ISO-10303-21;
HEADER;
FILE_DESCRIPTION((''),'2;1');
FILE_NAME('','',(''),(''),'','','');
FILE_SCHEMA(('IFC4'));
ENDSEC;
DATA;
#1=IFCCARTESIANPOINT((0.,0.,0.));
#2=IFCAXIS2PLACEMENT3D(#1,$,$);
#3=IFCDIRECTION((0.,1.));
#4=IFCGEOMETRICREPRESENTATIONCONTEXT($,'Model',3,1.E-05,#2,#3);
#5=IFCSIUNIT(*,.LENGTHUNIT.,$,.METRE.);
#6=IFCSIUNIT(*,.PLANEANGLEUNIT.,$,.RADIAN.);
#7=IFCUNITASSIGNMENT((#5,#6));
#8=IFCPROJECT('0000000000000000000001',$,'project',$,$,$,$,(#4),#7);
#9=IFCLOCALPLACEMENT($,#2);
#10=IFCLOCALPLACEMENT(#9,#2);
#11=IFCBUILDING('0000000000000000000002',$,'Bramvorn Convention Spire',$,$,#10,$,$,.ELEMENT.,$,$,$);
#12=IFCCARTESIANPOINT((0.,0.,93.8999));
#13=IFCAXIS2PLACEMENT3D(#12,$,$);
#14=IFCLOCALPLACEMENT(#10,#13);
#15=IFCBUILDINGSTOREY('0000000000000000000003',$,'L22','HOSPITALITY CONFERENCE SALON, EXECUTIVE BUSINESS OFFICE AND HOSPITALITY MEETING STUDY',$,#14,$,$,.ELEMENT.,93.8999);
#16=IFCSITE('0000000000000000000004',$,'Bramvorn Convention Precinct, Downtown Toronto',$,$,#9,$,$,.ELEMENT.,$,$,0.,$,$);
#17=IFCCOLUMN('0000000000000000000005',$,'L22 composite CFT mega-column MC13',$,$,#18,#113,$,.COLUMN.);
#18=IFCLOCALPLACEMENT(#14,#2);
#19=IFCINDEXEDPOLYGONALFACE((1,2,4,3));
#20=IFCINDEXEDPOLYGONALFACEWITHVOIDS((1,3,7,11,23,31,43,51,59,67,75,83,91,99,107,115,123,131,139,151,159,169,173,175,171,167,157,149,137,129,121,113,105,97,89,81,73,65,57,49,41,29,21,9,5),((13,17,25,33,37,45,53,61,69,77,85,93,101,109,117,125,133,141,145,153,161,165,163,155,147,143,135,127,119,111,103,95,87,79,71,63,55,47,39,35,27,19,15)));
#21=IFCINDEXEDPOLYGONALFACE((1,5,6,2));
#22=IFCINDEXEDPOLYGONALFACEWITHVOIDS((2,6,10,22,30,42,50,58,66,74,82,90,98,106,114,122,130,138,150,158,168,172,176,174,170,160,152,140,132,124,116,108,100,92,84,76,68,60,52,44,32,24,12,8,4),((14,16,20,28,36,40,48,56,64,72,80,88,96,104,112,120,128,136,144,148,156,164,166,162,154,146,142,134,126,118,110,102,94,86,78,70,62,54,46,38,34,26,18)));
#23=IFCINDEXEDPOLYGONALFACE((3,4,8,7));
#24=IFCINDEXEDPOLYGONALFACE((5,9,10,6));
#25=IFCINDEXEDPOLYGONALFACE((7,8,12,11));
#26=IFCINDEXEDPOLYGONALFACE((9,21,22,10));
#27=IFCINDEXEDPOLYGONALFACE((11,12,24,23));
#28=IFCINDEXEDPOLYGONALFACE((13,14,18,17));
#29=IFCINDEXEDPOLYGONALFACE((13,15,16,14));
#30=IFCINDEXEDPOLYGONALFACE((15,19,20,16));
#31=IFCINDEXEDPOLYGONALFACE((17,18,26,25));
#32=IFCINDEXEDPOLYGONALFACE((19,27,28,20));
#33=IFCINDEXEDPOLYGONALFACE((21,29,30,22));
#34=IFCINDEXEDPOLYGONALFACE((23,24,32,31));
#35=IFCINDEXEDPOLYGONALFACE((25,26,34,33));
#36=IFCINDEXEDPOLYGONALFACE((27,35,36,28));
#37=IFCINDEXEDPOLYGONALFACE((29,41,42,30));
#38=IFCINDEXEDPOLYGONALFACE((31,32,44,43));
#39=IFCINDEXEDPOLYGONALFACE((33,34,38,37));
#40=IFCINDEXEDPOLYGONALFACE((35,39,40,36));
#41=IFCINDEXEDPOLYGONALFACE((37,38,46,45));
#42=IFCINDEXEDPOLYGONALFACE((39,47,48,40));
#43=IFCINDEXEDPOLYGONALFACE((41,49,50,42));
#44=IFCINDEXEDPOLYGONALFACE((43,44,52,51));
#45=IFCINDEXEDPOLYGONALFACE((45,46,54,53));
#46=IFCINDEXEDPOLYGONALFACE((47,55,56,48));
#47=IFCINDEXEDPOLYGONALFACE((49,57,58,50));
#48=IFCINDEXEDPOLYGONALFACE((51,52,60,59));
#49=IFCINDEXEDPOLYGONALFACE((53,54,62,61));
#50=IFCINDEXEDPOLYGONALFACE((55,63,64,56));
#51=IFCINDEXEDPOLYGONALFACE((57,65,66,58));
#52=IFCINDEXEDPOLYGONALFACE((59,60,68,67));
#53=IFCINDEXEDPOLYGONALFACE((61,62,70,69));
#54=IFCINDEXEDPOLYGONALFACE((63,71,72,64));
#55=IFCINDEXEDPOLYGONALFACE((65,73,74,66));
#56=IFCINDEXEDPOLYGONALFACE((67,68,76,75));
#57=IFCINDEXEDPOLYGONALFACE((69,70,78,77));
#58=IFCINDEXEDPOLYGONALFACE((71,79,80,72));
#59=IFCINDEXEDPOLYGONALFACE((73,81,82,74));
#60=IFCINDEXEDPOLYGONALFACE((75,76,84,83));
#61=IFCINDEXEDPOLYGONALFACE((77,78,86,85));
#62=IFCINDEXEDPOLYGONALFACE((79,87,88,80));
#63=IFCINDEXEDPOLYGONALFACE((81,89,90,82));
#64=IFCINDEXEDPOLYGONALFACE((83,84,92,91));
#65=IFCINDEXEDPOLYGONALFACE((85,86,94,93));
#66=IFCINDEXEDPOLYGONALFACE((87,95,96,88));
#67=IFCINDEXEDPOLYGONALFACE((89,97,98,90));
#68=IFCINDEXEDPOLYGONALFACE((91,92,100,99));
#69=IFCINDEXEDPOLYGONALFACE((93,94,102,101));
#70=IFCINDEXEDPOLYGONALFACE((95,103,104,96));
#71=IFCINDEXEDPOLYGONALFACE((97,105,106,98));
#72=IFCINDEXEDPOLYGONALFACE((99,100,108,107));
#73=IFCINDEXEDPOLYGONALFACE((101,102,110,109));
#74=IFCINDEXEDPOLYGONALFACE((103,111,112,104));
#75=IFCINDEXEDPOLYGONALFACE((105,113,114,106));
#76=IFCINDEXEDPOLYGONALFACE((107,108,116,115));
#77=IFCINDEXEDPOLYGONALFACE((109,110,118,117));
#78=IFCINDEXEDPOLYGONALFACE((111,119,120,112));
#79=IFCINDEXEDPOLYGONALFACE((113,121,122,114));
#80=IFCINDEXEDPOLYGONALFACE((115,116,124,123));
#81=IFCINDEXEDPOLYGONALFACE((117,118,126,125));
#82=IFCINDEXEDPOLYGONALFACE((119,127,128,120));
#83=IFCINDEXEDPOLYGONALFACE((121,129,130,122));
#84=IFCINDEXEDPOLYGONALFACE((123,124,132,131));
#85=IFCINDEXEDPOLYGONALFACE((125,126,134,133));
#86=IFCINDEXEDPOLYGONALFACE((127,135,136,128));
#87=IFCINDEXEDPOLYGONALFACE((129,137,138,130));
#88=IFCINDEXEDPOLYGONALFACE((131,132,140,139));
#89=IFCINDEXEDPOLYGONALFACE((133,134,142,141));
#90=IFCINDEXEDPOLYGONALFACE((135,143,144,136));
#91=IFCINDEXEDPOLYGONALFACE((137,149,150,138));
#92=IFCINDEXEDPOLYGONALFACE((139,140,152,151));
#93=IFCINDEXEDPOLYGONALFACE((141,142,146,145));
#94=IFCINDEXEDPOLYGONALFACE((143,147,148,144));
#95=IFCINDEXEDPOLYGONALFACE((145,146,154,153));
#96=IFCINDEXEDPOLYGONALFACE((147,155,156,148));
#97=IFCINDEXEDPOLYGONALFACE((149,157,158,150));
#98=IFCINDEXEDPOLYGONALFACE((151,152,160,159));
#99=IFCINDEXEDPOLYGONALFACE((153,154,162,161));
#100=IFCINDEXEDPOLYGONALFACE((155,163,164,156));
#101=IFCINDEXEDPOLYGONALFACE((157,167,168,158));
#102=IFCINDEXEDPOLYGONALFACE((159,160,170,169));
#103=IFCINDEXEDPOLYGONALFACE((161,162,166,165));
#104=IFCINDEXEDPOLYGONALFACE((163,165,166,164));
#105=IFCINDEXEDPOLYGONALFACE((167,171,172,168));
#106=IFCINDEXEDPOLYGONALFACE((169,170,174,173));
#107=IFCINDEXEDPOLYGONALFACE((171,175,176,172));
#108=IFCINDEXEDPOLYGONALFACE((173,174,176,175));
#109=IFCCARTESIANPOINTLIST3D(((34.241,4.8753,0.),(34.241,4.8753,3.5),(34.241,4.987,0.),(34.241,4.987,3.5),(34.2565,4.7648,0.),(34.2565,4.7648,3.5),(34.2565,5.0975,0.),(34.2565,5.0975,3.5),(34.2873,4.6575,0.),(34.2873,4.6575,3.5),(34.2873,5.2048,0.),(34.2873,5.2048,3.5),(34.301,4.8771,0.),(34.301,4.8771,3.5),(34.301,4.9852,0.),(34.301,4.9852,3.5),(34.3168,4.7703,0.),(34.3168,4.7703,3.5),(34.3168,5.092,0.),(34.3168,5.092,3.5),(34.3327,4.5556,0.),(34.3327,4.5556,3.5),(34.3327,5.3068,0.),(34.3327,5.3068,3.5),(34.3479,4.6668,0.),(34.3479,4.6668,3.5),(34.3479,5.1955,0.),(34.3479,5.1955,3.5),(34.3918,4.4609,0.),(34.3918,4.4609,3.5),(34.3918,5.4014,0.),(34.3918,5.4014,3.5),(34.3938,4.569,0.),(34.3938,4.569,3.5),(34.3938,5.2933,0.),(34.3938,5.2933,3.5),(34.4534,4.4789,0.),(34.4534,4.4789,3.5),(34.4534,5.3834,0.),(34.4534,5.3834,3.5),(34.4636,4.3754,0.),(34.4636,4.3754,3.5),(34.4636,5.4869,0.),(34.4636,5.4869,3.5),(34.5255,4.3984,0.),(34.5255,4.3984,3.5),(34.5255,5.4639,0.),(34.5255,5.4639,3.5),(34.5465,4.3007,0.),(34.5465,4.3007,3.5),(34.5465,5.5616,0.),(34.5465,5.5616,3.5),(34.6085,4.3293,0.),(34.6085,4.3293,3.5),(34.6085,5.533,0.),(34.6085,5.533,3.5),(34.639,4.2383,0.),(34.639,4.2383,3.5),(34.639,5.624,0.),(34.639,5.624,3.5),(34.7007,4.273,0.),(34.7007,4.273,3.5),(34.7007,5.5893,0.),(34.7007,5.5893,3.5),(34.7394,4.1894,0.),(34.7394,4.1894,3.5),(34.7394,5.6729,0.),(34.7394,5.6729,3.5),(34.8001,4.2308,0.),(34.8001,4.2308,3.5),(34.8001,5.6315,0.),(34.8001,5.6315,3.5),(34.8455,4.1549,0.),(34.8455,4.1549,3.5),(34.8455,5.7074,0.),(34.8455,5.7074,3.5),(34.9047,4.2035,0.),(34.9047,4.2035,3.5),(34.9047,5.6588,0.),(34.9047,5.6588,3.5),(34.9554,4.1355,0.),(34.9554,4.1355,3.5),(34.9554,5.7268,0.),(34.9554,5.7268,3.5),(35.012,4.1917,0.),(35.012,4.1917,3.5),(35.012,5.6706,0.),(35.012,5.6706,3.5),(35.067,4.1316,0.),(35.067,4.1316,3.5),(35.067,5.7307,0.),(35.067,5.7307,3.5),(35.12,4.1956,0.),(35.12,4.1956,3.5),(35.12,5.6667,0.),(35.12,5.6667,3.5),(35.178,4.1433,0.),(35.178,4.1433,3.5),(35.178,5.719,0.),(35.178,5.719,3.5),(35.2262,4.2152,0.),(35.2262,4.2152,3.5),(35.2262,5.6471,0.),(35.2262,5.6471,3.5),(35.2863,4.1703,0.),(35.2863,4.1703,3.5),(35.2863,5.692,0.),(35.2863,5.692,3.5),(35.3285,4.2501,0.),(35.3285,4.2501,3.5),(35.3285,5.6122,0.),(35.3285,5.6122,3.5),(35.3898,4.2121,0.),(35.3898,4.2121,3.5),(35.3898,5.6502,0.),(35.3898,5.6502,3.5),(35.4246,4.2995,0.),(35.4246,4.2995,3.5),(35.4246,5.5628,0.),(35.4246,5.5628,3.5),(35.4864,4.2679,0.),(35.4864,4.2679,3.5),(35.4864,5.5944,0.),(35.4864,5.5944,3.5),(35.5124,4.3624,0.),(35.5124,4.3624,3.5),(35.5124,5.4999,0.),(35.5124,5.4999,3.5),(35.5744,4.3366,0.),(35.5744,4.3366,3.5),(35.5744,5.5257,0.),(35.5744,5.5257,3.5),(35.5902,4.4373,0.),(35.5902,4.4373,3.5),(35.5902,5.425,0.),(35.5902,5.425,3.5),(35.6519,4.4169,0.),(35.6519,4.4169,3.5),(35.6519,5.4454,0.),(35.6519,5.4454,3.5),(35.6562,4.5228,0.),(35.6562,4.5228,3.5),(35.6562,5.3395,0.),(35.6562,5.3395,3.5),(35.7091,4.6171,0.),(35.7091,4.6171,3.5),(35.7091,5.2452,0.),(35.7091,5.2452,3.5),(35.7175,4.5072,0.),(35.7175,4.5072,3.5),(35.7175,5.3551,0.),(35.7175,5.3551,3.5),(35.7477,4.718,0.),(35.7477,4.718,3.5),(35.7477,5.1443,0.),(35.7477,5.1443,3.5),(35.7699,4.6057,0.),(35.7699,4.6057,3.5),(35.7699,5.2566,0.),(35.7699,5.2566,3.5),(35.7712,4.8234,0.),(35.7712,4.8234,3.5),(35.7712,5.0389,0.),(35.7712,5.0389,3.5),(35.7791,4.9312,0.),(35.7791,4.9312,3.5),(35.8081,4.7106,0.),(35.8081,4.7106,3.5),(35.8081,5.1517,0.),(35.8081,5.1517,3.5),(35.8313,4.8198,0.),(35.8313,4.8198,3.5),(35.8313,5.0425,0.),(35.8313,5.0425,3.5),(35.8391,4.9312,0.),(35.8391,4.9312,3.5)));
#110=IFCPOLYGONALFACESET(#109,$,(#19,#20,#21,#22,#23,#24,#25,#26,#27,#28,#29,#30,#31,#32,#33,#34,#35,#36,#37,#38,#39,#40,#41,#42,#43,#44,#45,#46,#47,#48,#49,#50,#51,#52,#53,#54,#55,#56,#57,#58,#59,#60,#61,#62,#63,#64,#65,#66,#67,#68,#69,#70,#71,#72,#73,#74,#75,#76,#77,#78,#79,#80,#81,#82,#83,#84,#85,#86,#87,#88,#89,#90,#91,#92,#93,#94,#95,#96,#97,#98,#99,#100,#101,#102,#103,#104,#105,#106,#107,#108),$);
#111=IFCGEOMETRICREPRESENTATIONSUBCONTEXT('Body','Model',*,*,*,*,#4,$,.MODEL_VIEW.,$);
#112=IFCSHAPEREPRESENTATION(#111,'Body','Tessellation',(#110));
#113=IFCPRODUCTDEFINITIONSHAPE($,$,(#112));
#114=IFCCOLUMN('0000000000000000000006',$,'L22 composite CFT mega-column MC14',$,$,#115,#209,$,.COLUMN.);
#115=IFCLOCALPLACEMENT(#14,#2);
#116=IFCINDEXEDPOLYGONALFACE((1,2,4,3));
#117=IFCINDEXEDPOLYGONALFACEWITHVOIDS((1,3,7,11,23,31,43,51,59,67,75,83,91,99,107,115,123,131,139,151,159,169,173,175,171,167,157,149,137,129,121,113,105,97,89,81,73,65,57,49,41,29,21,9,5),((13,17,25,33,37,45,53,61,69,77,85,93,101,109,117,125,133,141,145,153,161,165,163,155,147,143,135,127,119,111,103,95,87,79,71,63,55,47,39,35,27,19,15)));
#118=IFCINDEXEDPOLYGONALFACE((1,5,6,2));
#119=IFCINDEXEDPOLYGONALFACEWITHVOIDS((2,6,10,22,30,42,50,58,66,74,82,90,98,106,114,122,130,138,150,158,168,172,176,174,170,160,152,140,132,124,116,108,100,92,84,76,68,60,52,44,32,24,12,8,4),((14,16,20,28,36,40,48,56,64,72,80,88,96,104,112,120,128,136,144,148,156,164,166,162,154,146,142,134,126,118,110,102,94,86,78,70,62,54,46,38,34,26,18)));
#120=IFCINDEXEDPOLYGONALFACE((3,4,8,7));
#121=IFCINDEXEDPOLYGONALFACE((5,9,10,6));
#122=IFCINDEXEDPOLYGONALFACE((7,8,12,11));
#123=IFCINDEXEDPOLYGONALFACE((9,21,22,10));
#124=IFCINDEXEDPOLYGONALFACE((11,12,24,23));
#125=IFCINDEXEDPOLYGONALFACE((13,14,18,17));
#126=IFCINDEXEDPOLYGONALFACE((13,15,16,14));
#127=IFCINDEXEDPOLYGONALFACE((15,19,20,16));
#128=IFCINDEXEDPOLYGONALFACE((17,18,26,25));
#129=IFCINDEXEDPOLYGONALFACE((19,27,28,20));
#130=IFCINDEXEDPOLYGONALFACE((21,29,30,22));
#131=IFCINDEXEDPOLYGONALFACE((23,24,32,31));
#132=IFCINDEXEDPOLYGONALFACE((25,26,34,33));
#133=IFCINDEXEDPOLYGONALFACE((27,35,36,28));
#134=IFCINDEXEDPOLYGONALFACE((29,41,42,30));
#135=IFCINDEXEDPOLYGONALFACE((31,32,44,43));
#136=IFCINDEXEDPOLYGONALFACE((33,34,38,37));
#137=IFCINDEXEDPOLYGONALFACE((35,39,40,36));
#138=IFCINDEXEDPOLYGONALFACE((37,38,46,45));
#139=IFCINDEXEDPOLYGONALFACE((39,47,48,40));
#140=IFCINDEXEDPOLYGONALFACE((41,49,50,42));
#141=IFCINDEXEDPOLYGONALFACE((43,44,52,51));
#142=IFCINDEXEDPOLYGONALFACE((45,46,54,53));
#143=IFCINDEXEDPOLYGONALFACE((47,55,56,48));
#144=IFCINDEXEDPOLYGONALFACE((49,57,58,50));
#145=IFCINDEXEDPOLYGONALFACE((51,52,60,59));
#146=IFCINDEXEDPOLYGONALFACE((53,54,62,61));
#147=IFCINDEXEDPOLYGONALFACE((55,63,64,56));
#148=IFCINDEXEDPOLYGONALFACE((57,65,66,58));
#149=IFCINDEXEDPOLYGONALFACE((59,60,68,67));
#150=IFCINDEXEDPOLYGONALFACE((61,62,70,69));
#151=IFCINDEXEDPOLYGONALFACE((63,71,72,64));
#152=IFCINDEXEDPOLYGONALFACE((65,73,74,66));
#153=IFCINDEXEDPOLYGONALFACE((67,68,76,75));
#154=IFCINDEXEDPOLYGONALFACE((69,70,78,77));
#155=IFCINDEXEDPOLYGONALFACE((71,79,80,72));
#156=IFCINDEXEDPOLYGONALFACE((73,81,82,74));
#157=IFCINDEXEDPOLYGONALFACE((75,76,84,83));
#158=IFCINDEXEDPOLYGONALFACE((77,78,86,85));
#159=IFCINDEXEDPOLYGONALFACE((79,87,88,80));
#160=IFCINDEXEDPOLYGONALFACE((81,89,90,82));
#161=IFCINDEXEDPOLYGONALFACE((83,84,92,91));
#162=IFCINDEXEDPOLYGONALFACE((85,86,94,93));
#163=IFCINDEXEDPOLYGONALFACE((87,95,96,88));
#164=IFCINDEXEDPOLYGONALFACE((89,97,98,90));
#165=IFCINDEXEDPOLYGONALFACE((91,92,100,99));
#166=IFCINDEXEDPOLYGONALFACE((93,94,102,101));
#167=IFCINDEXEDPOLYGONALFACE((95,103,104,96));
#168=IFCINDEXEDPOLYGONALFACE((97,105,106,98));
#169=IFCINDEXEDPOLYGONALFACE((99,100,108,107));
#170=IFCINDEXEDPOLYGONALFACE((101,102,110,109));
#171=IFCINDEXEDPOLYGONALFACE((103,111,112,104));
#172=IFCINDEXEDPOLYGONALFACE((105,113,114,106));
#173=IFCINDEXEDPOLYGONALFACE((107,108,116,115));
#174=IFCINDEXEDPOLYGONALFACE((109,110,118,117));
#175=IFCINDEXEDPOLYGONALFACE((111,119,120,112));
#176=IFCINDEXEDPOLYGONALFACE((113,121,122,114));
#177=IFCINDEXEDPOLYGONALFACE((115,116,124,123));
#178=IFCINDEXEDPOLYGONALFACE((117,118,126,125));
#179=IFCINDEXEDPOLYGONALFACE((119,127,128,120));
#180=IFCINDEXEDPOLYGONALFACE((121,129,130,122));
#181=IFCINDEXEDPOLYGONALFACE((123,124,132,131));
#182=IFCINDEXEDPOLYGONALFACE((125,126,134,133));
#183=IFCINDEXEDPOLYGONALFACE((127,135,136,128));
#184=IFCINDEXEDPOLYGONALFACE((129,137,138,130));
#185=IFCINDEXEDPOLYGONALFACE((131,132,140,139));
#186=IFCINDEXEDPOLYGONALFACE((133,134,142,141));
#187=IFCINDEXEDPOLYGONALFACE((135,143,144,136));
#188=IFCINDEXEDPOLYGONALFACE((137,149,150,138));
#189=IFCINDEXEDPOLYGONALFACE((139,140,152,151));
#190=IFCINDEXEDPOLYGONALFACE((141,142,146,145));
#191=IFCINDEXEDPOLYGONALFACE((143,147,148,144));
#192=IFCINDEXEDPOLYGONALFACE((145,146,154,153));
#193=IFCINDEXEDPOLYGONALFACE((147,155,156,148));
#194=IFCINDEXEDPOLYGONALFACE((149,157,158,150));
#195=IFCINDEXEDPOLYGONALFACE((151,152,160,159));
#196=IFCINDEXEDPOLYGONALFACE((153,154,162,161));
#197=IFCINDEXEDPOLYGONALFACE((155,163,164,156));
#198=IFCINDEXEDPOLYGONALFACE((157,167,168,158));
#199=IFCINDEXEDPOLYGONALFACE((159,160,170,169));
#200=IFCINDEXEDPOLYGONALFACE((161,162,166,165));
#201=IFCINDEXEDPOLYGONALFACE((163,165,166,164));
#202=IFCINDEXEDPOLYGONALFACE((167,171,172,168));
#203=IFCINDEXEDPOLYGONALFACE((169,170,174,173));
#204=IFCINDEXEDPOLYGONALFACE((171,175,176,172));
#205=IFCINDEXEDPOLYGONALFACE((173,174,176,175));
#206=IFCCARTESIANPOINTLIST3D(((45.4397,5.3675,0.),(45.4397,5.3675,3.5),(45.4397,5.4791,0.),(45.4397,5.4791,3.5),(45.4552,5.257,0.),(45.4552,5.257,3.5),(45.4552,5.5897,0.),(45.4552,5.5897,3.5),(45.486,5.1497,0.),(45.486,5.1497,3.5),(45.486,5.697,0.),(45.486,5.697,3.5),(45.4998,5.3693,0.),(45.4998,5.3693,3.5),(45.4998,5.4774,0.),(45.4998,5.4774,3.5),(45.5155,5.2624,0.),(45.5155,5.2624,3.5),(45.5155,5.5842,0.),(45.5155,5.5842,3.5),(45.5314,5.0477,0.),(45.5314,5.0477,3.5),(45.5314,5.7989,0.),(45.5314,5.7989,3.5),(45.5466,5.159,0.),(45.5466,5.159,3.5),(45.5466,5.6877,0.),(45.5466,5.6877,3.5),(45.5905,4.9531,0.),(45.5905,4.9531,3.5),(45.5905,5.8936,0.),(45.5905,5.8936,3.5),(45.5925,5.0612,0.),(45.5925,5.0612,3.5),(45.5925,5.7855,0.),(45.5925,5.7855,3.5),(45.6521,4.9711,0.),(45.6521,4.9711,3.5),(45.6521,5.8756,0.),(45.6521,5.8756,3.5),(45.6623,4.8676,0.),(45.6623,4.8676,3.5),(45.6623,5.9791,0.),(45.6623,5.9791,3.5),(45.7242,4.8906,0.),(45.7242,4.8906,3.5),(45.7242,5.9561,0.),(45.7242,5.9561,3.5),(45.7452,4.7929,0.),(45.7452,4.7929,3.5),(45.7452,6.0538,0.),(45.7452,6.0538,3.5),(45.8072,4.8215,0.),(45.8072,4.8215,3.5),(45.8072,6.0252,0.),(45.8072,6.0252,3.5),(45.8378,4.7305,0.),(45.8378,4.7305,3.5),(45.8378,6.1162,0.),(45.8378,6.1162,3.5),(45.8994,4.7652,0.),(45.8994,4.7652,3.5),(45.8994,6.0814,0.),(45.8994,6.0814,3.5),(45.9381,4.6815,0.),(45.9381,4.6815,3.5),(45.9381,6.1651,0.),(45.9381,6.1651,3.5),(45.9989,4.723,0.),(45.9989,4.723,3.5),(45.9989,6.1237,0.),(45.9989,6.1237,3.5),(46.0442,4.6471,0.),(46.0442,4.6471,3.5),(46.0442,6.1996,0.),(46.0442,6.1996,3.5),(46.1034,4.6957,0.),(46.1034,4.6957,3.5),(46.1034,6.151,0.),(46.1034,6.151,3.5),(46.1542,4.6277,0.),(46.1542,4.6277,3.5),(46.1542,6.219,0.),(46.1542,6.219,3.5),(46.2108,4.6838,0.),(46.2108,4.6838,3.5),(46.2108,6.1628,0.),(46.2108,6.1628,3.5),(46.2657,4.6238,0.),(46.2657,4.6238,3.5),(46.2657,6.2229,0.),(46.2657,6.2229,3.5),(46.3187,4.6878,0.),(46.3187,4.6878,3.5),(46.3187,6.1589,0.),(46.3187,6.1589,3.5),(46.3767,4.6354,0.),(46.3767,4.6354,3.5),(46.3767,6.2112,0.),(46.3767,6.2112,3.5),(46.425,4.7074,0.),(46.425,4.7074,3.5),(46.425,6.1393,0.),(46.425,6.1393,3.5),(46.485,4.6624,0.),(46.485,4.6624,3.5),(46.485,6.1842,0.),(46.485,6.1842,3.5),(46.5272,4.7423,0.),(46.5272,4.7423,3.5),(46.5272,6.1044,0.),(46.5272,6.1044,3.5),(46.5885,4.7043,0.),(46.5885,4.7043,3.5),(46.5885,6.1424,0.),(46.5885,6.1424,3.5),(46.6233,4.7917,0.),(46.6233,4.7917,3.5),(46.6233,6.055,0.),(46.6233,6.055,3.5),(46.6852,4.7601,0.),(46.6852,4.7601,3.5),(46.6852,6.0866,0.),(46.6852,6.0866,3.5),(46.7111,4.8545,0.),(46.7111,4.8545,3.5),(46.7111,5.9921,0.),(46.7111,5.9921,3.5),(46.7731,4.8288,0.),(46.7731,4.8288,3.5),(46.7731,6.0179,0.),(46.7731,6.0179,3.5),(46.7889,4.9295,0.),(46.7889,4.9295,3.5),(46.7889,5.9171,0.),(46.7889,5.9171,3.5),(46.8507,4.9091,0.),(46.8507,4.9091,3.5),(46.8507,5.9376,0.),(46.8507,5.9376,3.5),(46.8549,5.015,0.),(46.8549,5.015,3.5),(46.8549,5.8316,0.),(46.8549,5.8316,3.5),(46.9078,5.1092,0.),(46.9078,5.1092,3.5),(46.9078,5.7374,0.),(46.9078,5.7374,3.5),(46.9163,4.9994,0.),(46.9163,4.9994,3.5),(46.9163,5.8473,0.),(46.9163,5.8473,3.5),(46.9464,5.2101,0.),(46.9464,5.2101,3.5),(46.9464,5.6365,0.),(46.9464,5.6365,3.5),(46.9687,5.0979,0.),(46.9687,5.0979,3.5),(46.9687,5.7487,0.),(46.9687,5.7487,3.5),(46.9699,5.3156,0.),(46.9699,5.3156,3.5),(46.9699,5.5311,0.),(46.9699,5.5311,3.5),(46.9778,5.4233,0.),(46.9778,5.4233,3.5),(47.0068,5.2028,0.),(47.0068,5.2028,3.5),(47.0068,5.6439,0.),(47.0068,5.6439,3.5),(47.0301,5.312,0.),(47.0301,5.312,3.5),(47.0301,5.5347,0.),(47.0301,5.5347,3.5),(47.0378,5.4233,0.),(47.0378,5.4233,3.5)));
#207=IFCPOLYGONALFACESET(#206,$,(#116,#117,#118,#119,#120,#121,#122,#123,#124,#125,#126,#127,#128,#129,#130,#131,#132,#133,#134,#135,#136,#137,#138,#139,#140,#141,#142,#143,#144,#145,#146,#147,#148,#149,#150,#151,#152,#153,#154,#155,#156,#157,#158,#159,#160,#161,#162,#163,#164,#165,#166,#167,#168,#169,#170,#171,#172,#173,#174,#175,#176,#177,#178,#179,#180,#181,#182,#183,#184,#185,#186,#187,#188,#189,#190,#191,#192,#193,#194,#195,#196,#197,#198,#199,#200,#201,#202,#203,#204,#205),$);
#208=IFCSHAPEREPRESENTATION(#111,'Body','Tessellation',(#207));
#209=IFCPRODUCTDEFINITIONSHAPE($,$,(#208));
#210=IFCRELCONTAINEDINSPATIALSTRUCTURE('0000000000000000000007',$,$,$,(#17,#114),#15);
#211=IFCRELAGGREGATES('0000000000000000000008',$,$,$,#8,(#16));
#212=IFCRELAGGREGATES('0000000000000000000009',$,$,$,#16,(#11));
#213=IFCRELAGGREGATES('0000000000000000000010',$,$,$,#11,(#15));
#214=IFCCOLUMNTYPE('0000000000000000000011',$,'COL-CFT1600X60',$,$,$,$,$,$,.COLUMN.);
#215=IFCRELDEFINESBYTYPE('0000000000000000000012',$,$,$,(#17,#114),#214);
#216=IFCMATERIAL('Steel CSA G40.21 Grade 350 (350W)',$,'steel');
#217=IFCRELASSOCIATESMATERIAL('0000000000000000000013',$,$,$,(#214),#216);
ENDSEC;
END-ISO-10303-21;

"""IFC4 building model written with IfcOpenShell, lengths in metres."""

from ifc_helpers import new_model, si_unit, direction, frame, origin, origin_2d, place, context, subcontext, project, spatial, hollow_circle, extrude, material, material_profile, profile_set, type_object, element, save


model = new_model("IFC4")

# Units and contexts
model_context = context("Model", 3, precision=1e-05, world=origin(), true_north=direction((0.0, 1.0)))
body_context = subcontext(model_context, "Body", "Model", "MODEL_VIEW")
ifc_project = project(units=[si_unit("LENGTHUNIT", "METRE"), si_unit("PLANEANGLEUNIT", "RADIAN")], contexts=[model_context])

# Site, building, storey
site_placement = place(None, origin())
site = spatial("IfcSite", under=ifc_project, at=site_placement, Name="Bramvorn Convention Precinct, Downtown Toronto", CompositionType="ELEMENT", RefElevation=0.0)
building_placement = place(site_placement, origin())
building = spatial("IfcBuilding", under=site, at=building_placement, Name="Bramvorn Convention Spire", CompositionType="ELEMENT")
storey_placement = place(building_placement, frame((0.0, 0.0, 93.8999)))
storey = spatial("IfcBuildingStorey", under=building, at=storey_placement, Name="L22", Description="HOSPITALITY CONFERENCE SALON, EXECUTIVE BUSINESS OFFICE AND HOSPITALITY MEETING STUDY", CompositionType="ELEMENT", Elevation=93.8999)

# Columns
ifc_material_1 = material(Name="Steel CSA G40.21 Grade 350 (350W)", Category="steel")
ifc_material_profile_1 = material_profile(ifc_material_1, hollow_circle(Radius=0.8, WallThickness=0.0601, at=origin_2d()))
ifc_profile_set_1 = profile_set([ifc_material_profile_1], Name="Steel CSA G40.21 Grade 350 (350W) - CFT1600X60")
column_type = type_object("IfcColumnType", Name="COL-CFT1600X60", PredefinedType="COLUMN", material=ifc_profile_set_1)
for number, where, z_axis, x_axis, name in (
    (1, (35.0391, 4.9312, 0.0), (0.0, 0.0, 1.0), (1.0, 0.0, 0.0), "L22 composite CFT mega-column MC13"),
    (2, (46.2378, 5.4233, 0.0), (0.0, 0.0, 1.0), (1.0, 0.0, 0.0), "L22 composite CFT mega-column MC14"),
):
    element("IfcColumn", number, at=place(storey_placement, frame(where, z_axis=z_axis, x_axis=x_axis)), inside=storey, type_object=column_type, Name=name, PredefinedType="COLUMN", context=body_context, shape_type="SweptSolid", body=[
        extrude(hollow_circle(Radius=0.8, WallThickness=0.0601, at=origin_2d()), origin(), (0.0, 0.0, 1.0), 3.5),
    ])

save(model, "model.ifc")
